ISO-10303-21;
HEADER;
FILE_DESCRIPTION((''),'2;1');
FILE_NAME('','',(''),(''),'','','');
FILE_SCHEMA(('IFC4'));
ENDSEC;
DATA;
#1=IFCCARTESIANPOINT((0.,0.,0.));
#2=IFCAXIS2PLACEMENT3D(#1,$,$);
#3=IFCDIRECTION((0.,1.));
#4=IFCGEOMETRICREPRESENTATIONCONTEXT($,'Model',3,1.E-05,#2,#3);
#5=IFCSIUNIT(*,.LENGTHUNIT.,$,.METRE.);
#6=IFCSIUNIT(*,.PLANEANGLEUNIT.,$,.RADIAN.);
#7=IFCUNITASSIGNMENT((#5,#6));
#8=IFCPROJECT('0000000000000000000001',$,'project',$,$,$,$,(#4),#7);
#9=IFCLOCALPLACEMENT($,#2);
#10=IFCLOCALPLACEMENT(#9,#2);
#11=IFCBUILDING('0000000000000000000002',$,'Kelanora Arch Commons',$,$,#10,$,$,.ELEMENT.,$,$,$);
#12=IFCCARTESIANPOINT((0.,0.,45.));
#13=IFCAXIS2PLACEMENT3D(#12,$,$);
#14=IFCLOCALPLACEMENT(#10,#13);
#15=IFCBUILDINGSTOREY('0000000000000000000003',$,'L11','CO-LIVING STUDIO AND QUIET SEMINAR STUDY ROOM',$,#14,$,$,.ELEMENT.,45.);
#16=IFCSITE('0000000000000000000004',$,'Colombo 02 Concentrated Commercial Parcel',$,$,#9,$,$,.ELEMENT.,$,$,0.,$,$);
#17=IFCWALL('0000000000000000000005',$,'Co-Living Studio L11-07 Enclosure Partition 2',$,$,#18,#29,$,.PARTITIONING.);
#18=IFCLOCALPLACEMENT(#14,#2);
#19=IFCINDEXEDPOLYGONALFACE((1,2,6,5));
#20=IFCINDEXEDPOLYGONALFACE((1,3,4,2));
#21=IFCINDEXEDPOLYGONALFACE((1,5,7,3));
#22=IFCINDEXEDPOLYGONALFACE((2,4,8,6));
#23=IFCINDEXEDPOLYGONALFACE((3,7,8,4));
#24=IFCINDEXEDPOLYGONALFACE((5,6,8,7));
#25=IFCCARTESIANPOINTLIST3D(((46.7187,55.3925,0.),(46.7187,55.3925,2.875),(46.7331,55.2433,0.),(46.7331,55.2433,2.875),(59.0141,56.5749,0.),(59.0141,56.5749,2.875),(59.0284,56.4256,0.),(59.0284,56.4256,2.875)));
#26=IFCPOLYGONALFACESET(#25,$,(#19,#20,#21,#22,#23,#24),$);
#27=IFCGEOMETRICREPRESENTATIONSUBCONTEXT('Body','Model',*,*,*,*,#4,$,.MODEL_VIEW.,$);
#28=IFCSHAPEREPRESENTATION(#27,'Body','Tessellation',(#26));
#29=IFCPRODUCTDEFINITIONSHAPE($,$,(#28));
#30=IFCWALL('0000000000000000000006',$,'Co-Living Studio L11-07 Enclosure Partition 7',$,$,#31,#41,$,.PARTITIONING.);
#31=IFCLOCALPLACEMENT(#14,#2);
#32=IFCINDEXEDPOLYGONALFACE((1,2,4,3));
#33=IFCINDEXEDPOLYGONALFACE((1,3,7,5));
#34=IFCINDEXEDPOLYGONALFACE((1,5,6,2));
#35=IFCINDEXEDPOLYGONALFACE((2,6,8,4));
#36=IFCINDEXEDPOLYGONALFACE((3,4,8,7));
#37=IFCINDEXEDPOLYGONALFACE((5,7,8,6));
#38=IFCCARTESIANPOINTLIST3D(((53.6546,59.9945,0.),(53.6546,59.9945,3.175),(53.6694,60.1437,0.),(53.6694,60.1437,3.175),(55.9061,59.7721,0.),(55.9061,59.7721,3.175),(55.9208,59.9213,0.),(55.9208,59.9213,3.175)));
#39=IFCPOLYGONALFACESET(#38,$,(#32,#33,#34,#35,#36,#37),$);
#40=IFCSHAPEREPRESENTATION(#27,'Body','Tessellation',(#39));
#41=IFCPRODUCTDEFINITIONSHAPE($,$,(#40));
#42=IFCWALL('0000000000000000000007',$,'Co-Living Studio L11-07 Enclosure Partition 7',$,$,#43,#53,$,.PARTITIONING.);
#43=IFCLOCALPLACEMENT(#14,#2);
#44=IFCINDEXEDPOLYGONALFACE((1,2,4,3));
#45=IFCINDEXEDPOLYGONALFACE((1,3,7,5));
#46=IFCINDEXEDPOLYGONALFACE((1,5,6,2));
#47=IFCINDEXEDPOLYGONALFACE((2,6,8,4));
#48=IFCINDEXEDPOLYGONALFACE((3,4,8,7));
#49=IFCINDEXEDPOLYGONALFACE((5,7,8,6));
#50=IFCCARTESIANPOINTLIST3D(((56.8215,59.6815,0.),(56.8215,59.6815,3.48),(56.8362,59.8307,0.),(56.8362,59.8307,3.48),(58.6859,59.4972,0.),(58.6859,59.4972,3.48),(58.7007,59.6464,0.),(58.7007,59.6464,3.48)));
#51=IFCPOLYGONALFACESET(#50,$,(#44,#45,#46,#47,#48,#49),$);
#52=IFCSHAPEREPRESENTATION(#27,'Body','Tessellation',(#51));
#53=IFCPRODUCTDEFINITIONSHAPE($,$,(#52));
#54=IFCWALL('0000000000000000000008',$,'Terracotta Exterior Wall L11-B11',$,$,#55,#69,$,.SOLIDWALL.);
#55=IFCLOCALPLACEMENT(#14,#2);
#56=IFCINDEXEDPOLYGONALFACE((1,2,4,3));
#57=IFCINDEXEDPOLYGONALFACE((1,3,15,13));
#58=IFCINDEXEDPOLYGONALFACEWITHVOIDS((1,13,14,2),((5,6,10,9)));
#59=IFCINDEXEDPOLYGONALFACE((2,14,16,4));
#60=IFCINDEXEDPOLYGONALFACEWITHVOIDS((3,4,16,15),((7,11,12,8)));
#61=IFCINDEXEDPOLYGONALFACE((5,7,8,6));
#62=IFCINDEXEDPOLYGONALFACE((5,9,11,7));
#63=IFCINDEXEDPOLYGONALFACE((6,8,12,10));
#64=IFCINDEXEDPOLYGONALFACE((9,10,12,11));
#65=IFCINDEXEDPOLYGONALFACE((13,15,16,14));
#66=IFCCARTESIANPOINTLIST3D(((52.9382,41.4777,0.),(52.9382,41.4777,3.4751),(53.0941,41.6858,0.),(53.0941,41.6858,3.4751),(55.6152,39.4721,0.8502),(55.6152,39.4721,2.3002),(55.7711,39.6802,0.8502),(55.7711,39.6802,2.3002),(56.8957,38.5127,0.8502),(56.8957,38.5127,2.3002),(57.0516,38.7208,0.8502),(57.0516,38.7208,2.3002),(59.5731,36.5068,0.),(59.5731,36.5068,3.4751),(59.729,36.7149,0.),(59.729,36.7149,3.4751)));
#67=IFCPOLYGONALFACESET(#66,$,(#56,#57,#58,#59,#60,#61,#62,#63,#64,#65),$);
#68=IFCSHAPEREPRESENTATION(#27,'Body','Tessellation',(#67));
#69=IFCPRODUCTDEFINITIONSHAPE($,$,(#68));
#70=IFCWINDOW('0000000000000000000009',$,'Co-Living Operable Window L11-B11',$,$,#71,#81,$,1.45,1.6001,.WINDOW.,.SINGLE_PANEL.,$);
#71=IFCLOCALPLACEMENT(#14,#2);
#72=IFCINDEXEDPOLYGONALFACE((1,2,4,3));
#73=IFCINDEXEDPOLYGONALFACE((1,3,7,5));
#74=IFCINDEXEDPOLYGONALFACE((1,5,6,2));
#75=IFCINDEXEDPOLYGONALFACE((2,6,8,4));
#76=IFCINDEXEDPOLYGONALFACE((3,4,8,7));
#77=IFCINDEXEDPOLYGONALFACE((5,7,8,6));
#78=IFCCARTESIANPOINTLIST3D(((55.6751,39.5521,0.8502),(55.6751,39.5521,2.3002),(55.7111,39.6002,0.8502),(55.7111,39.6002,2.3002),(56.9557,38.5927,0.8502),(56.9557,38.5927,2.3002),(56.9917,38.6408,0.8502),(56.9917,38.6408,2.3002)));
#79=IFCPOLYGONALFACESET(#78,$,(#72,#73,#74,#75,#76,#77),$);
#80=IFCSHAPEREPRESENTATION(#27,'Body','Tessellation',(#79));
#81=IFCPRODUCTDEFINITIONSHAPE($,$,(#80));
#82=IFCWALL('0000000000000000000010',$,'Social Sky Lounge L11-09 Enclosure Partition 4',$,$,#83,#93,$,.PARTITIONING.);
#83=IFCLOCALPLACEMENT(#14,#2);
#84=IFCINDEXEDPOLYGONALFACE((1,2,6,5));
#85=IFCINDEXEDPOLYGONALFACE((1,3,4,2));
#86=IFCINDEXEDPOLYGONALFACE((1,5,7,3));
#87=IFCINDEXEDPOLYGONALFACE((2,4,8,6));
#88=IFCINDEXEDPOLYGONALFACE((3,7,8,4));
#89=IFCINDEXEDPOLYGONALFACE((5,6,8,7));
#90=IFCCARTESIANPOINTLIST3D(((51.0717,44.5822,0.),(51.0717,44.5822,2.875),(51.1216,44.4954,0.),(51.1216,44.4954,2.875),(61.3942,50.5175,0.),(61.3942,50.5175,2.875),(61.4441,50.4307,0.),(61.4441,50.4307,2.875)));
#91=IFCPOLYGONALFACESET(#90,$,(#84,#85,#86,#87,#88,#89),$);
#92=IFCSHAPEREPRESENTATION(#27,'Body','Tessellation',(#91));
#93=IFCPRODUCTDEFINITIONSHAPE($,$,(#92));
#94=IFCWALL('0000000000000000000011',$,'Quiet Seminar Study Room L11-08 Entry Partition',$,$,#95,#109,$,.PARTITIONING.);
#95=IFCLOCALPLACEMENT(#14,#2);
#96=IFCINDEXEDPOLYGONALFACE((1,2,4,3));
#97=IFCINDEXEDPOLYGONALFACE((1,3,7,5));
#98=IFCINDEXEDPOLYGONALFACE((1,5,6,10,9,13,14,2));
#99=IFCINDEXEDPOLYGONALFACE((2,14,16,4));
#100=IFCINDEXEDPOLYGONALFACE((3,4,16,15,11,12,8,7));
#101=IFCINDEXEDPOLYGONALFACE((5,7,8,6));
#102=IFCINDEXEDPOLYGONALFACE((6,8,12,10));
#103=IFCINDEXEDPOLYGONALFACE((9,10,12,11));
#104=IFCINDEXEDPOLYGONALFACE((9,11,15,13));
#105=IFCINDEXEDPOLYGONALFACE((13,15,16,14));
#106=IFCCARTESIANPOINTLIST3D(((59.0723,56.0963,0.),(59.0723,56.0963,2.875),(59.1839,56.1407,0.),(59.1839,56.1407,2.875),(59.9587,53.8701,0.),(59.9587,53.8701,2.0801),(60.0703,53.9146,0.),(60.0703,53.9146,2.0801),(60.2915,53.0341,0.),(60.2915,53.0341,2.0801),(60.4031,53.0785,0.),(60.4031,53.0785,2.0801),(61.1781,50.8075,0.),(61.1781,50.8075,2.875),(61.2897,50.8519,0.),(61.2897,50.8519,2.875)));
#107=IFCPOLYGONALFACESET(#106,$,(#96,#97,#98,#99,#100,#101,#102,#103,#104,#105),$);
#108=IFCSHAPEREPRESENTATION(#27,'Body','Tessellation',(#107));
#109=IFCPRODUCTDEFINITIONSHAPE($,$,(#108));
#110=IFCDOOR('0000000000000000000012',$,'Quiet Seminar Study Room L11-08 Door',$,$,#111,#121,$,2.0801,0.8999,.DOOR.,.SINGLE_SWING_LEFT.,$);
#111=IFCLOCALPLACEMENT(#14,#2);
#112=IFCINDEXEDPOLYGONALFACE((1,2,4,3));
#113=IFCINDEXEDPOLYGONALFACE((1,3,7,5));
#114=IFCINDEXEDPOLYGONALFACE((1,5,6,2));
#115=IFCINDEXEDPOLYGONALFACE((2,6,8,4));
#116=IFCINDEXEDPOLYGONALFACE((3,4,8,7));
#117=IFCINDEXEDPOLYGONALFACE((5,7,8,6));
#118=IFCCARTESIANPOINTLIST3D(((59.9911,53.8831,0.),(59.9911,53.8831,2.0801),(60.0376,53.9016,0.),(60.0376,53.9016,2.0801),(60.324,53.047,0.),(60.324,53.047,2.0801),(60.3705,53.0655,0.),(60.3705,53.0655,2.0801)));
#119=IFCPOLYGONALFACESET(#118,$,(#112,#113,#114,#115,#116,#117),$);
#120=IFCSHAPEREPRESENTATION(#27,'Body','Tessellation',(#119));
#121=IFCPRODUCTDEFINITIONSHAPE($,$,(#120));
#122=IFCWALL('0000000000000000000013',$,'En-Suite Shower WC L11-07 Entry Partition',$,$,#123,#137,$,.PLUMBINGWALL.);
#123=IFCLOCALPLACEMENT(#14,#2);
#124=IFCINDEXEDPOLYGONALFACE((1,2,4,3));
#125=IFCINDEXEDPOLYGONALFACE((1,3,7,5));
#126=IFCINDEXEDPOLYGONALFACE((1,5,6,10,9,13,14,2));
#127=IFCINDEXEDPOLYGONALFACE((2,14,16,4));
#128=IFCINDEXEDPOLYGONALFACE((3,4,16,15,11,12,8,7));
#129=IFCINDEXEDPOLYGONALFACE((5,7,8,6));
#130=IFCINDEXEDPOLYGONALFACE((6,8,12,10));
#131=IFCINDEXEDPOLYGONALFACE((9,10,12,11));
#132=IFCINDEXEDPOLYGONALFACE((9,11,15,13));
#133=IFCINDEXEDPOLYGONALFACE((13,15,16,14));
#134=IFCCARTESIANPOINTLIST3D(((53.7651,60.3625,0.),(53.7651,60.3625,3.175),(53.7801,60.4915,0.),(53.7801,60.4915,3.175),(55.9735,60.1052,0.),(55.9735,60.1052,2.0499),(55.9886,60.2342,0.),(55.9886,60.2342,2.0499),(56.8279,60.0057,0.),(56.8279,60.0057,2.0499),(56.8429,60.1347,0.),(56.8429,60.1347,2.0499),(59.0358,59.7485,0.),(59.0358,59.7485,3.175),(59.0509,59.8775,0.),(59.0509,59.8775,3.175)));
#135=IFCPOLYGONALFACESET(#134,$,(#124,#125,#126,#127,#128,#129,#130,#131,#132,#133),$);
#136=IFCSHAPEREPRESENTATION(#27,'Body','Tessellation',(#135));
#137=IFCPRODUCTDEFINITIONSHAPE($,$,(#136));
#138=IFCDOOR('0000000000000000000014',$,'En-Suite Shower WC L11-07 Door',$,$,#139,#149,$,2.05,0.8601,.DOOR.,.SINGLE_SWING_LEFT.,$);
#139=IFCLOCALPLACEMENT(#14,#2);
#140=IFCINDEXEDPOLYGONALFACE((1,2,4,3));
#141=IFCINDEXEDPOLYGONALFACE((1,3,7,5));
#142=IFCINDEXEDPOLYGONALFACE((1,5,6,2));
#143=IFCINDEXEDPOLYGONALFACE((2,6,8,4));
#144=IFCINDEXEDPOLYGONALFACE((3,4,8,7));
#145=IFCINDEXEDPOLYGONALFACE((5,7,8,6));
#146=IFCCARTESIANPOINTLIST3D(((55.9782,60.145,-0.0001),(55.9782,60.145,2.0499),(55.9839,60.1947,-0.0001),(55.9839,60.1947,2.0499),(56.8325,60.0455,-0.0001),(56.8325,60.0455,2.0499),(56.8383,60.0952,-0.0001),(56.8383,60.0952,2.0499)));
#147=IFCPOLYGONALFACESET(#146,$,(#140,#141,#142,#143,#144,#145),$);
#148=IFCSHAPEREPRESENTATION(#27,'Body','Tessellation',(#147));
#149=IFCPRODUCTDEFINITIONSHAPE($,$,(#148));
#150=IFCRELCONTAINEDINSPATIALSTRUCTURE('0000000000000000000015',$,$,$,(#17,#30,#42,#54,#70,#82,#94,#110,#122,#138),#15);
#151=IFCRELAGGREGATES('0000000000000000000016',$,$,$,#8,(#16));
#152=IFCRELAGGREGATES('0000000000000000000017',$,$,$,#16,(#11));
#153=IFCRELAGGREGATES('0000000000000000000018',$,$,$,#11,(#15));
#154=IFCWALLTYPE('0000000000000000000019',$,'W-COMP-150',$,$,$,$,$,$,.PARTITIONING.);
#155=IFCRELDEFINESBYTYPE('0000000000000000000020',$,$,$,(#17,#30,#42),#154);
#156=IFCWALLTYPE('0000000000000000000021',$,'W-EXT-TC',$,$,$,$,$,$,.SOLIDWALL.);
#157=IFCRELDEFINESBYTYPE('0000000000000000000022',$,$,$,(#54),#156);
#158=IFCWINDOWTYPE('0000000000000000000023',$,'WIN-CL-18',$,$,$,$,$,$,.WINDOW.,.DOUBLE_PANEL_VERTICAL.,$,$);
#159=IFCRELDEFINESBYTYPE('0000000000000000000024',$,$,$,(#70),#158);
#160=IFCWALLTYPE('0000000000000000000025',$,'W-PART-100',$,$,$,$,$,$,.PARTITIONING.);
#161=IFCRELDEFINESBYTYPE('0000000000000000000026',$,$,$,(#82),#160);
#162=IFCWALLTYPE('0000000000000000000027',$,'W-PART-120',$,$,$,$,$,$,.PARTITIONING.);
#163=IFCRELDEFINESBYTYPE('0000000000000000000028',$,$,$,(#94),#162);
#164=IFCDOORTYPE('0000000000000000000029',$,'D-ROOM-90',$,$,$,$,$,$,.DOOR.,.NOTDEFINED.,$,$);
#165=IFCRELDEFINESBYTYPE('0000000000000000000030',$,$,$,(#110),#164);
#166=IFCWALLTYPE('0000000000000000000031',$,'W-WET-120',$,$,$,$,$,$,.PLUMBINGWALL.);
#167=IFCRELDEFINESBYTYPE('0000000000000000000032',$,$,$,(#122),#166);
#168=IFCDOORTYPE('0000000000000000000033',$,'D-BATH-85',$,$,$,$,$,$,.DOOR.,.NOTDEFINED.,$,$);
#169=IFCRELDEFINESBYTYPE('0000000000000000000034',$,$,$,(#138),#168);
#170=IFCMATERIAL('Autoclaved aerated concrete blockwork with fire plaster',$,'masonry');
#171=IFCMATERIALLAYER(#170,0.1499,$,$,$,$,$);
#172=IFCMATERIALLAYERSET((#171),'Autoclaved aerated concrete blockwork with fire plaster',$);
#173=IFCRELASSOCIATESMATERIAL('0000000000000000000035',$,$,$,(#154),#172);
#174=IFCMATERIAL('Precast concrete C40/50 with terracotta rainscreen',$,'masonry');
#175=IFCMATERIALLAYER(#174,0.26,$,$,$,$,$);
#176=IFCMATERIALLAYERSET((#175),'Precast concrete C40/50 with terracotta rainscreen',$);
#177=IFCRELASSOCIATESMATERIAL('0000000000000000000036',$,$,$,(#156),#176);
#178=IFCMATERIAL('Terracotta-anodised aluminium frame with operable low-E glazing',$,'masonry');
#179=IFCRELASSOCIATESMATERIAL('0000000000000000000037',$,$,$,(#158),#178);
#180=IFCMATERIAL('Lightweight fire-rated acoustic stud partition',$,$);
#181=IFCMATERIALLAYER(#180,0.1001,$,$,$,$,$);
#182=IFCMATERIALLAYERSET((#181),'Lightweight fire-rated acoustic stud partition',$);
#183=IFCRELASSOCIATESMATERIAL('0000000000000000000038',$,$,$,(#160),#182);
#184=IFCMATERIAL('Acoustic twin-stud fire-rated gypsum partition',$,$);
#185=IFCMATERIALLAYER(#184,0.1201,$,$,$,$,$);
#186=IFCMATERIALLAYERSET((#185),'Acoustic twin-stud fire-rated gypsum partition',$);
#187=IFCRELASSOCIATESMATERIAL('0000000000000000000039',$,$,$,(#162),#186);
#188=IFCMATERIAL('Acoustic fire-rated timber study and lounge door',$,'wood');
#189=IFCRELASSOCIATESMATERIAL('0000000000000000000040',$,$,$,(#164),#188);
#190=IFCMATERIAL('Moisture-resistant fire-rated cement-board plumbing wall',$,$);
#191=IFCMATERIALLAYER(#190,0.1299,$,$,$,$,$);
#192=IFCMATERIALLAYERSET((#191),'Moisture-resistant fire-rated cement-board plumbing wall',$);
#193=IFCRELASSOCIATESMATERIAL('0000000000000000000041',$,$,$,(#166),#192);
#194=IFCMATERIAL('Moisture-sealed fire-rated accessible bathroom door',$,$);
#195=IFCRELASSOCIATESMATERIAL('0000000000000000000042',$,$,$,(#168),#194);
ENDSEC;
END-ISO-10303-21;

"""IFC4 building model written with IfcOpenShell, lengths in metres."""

from ifc_helpers import new_model, si_unit, direction, frame, frame_2d, origin, place, context, subcontext, project, spatial, rectangle, extrude, material, layer, layer_set, type_object, element, fill, save


model = new_model("IFC4")

# Units and contexts
model_context = context("Model", 3, precision=1e-05, world=origin(), true_north=direction((0.0, 1.0)))
body_context = subcontext(model_context, "Body", "Model", "MODEL_VIEW")
ifc_project = project(units=[si_unit("LENGTHUNIT", "METRE"), si_unit("PLANEANGLEUNIT", "RADIAN")], contexts=[model_context])

# Site, building, storey
site_placement = place(None, origin())
site = spatial("IfcSite", under=ifc_project, at=site_placement, Name="Colombo 02 Concentrated Commercial Parcel", CompositionType="ELEMENT", RefElevation=0.0)
building_placement = place(site_placement, origin())
building = spatial("IfcBuilding", under=site, at=building_placement, Name="Kelanora Arch Commons", CompositionType="ELEMENT")
storey_placement = place(building_placement, frame((0.0, 0.0, 45.0)))
storey = spatial("IfcBuildingStorey", under=building, at=storey_placement, Name="L11", Description="CO-LIVING STUDIO AND QUIET SEMINAR STUDY ROOM", CompositionType="ELEMENT", Elevation=45.0)

# Shared definitions
ifc_material_1 = material(Name="Autoclaved aerated concrete blockwork with fire plaster", Category="masonry")
ifc_layer_1 = layer(ifc_material_1, 0.1499)
ifc_layer_set_1 = layer_set([ifc_layer_1], Name="Autoclaved aerated concrete blockwork with fire plaster")
wall_type_1 = type_object("IfcWallType", Name="W-COMP-150", PredefinedType="PARTITIONING", material=ifc_layer_set_1)

# Walls
wall_1_placement = place(storey_placement, frame((59.0212, 56.5002, 0.0), z_axis=(0.0, 0.0, 1.0), x_axis=(-0.995408, -0.095722, 0.0)))
element("IfcWall", 1, at=wall_1_placement, inside=storey, type_object=wall_type_1, Name="Co-Living Studio L11-07 Enclosure Partition 2", PredefinedType="PARTITIONING", context=body_context, shape_type="SweptSolid", body=[
    extrude(rectangle(XDim=12.3521, YDim=0.1499, at=frame_2d((6.176, 0.0))), origin(), (0.0, 0.0, 1.0), 2.875),
])
wall_2_placement = place(storey_placement, frame((53.6619, 60.0691, 0.0), z_axis=(0.0, 0.0, 1.0), x_axis=(0.995156, -0.098307, 0.0)))
element("IfcWall", 2, at=wall_2_placement, inside=storey, type_object=wall_type_1, Name="Co-Living Studio L11-07 Enclosure Partition 7", PredefinedType="PARTITIONING", context=body_context, shape_type="SweptSolid", body=[
    extrude(rectangle(XDim=2.2625, YDim=0.1499, at=frame_2d((1.1313, 0.0))), origin(), (0.0, 0.0, 1.0), 3.175),
])
wall_3_placement = place(storey_placement, frame((56.8289, 59.7561, 0.0), z_axis=(0.0, 0.0, 1.0), x_axis=(0.995149, -0.098381, 0.0)))
element("IfcWall", 3, at=wall_3_placement, inside=storey, type_object=wall_type_1, Name="Co-Living Studio L11-07 Enclosure Partition 7", PredefinedType="PARTITIONING", context=body_context, shape_type="SweptSolid", body=[
    extrude(rectangle(XDim=1.8735, YDim=0.1499, at=frame_2d((0.9368, 0.0))), origin(), (0.0, 0.0, 1.0), 3.48),
])

# Wall, opening, window
ifc_material_2 = material(Name="Precast concrete C40/50 with terracotta rainscreen", Category="masonry")
ifc_layer_2 = layer(ifc_material_2, 0.26)
ifc_layer_set_2 = layer_set([ifc_layer_2], Name="Precast concrete C40/50 with terracotta rainscreen")
wall_type_2 = type_object("IfcWallType", Name="W-EXT-TC", PredefinedType="SOLIDWALL", material=ifc_layer_set_2)
wall_4_placement = place(storey_placement, frame((53.0161, 41.5818, 0.0), z_axis=(0.0, 0.0, 1.0), x_axis=(0.800307, -0.59959, 0.0)))
wall_4 = element("IfcWall", 4, at=wall_4_placement, inside=storey, type_object=wall_type_2, Name="Terracotta Exterior Wall L11-B11", PredefinedType="SOLIDWALL", context=body_context, shape_type="SweptSolid", body=[
    extrude(rectangle(XDim=8.2905, YDim=0.26, at=frame_2d((4.1453, 0.0))), origin(), (0.0, 0.0, 1.0), 3.4751),
])
opening_1_placement = place(wall_4_placement, frame((3.345, 0.0, 0.8501)))
opening_1 = element("IfcOpeningElement", 5, at=opening_1_placement, cuts=wall_4, PredefinedType="OPENING", context=body_context, shape_type="SweptSolid", body=[
    extrude(rectangle(XDim=1.6001, YDim=1.45, at=frame_2d((0.8, 0.7251))), frame((0.0, 0.1401, 0.0), z_axis=(0.0, -1.0, 0.0), x_axis=(1.0, 0.0, 0.0)), (0.0, 0.0, 1.0), 0.28),
])
ifc_material_3 = material(Name="Terracotta-anodised aluminium frame with operable low-E glazing", Category="masonry")
window_type = type_object("IfcWindowType", Name="WIN-CL-18", PartitioningType="DOUBLE_PANEL_VERTICAL", PredefinedType="WINDOW", material=ifc_material_3)
window_placement = place(opening_1_placement, origin())
window = element("IfcWindow", 6, at=window_placement, inside=storey, type_object=window_type, Name="Co-Living Operable Window L11-B11", OverallHeight=1.45, OverallWidth=1.6001, PartitioningType="SINGLE_PANEL", PredefinedType="WINDOW", context=body_context, shape_type="SweptSolid", body=[
    extrude(rectangle(XDim=1.6001, YDim=1.45, at=frame_2d((0.8, 0.7251))), frame((0.0, 0.03, 0.0), z_axis=(0.0, -1.0, 0.0), x_axis=(1.0, 0.0, 0.0)), (0.0, 0.0, 1.0), 0.0601),
])
fill(opening_1, window)

# Wall
ifc_material_4 = material(Name="Lightweight fire-rated acoustic stud partition")
ifc_layer_3 = layer(ifc_material_4, 0.1001)
ifc_layer_set_3 = layer_set([ifc_layer_3], Name="Lightweight fire-rated acoustic stud partition")
wall_type_3 = type_object("IfcWallType", Name="W-PART-100", PredefinedType="PARTITIONING", material=ifc_layer_set_3)
wall_5_placement = place(storey_placement, frame((51.0967, 44.5388, 0.0), z_axis=(0.0, 0.0, 1.0), x_axis=(0.866911, 0.498462, 0.0)))
element("IfcWall", 7, at=wall_5_placement, inside=storey, type_object=wall_type_3, Name="Social Sky Lounge L11-09 Enclosure Partition 4", PredefinedType="PARTITIONING", context=body_context, shape_type="SweptSolid", body=[
    extrude(rectangle(XDim=11.9072, YDim=0.1001, at=frame_2d((5.9536, 0.0))), origin(), (0.0, 0.0, 1.0), 2.875),
])

# Walls, openings, doors
ifc_material_5 = material(Name="Acoustic twin-stud fire-rated gypsum partition")
ifc_layer_4 = layer(ifc_material_5, 0.1201)
ifc_layer_set_4 = layer_set([ifc_layer_4], Name="Acoustic twin-stud fire-rated gypsum partition")
wall_type_4 = type_object("IfcWallType", Name="W-PART-120", PredefinedType="PARTITIONING", material=ifc_layer_set_4)
wall_6_placement = place(storey_placement, frame((59.1282, 56.1184, 0.0), z_axis=(0.0, 0.0, 1.0), x_axis=(0.369904, -0.92907, 0.0)))
wall_6 = element("IfcWall", 8, at=wall_6_placement, inside=storey, type_object=wall_type_4, Name="Quiet Seminar Study Room L11-08 Entry Partition", PredefinedType="PARTITIONING", context=body_context, shape_type="SweptSolid", body=[
    extrude(rectangle(XDim=5.6926, YDim=0.1201, at=frame_2d((2.8462, 0.0))), origin(), (0.0, 0.0, 1.0), 2.875),
])
opening_2_placement = place(wall_6_placement, frame((2.396, 0.0, 0.0)))
opening_2 = element("IfcOpeningElement", 9, at=opening_2_placement, cuts=wall_6, PredefinedType="OPENING", context=body_context, shape_type="SweptSolid", body=[
    extrude(rectangle(XDim=0.8999, YDim=2.0801, at=frame_2d((0.45, 1.04))), frame((0.0, 0.0701, 0.0), z_axis=(0.0, -1.0, 0.0), x_axis=(1.0, 0.0, 0.0)), (0.0, 0.0, 1.0), 0.1401),
])
ifc_material_6 = material(Name="Acoustic fire-rated timber study and lounge door", Category="wood")
door_type_1 = type_object("IfcDoorType", Name="D-ROOM-90", OperationType="NOTDEFINED", PredefinedType="DOOR", material=ifc_material_6)
door_1_placement = place(opening_2_placement, origin())
door_1 = element("IfcDoor", 10, at=door_1_placement, inside=storey, type_object=door_type_1, Name="Quiet Seminar Study Room L11-08 Door", OperationType="SINGLE_SWING_LEFT", OverallHeight=2.0801, OverallWidth=0.8999, PredefinedType="DOOR", context=body_context, shape_type="SweptSolid", body=[
    extrude(rectangle(XDim=0.8999, YDim=2.0801, at=frame_2d((0.45, 1.04))), frame((0.0, 0.0249, 0.0), z_axis=(0.0, -1.0, 0.0), x_axis=(1.0, 0.0, 0.0)), (0.0, 0.0, 1.0), 0.05),
])
fill(opening_2, door_1)
ifc_material_7 = material(Name="Moisture-resistant fire-rated cement-board plumbing wall")
ifc_layer_5 = layer(ifc_material_7, 0.1299)
ifc_layer_set_5 = layer_set([ifc_layer_5], Name="Moisture-resistant fire-rated cement-board plumbing wall")
wall_type_5 = type_object("IfcWallType", Name="W-WET-120", PredefinedType="PLUMBINGWALL", material=ifc_layer_set_5)
wall_7_placement = place(storey_placement, frame((59.0435, 59.813, 0.0), z_axis=(0.0, 0.0, 1.0), x_axis=(-0.993283, 0.115712, 0.0)))
wall_7 = element("IfcWall", 11, at=wall_7_placement, inside=storey, type_object=wall_type_5, Name="En-Suite Shower WC L11-07 Entry Partition", PredefinedType="PLUMBINGWALL", context=body_context, shape_type="SweptSolid", body=[
    extrude(rectangle(XDim=5.3064, YDim=0.1299, at=frame_2d((2.6533, 0.0))), origin(), (0.0, 0.0, 1.0), 3.175),
])
opening_3_placement = place(wall_7_placement, frame((2.2229, 0.0, 0.0)))
opening_3 = element("IfcOpeningElement", 12, at=opening_3_placement, cuts=wall_7, PredefinedType="OPENING", context=body_context, shape_type="SweptSolid", body=[
    extrude(rectangle(XDim=0.8601, YDim=2.05, at=frame_2d((0.4302, 1.0249))), frame((0.0, 0.075, 0.0), z_axis=(0.0, -1.0, 0.0), x_axis=(1.0, 0.0, 0.0)), (0.0, 0.0, 1.0), 0.1499),
])
ifc_material_8 = material(Name="Moisture-sealed fire-rated accessible bathroom door")
door_type_2 = type_object("IfcDoorType", Name="D-BATH-85", OperationType="NOTDEFINED", PredefinedType="DOOR", material=ifc_material_8)
door_2_placement = place(opening_3_placement, origin())
door_2 = element("IfcDoor", 13, at=door_2_placement, inside=storey, type_object=door_type_2, Name="En-Suite Shower WC L11-07 Door", OperationType="SINGLE_SWING_LEFT", OverallHeight=2.05, OverallWidth=0.8601, PredefinedType="DOOR", context=body_context, shape_type="SweptSolid", body=[
    extrude(rectangle(XDim=0.8601, YDim=2.05, at=frame_2d((0.4302, 1.0249))), frame((0.0, 0.0249, 0.0), z_axis=(0.0, -1.0, 0.0), x_axis=(1.0, 0.0, 0.0)), (0.0, 0.0, 1.0), 0.05),
])
fill(opening_3, door_2)

save(model, "model.ifc")
